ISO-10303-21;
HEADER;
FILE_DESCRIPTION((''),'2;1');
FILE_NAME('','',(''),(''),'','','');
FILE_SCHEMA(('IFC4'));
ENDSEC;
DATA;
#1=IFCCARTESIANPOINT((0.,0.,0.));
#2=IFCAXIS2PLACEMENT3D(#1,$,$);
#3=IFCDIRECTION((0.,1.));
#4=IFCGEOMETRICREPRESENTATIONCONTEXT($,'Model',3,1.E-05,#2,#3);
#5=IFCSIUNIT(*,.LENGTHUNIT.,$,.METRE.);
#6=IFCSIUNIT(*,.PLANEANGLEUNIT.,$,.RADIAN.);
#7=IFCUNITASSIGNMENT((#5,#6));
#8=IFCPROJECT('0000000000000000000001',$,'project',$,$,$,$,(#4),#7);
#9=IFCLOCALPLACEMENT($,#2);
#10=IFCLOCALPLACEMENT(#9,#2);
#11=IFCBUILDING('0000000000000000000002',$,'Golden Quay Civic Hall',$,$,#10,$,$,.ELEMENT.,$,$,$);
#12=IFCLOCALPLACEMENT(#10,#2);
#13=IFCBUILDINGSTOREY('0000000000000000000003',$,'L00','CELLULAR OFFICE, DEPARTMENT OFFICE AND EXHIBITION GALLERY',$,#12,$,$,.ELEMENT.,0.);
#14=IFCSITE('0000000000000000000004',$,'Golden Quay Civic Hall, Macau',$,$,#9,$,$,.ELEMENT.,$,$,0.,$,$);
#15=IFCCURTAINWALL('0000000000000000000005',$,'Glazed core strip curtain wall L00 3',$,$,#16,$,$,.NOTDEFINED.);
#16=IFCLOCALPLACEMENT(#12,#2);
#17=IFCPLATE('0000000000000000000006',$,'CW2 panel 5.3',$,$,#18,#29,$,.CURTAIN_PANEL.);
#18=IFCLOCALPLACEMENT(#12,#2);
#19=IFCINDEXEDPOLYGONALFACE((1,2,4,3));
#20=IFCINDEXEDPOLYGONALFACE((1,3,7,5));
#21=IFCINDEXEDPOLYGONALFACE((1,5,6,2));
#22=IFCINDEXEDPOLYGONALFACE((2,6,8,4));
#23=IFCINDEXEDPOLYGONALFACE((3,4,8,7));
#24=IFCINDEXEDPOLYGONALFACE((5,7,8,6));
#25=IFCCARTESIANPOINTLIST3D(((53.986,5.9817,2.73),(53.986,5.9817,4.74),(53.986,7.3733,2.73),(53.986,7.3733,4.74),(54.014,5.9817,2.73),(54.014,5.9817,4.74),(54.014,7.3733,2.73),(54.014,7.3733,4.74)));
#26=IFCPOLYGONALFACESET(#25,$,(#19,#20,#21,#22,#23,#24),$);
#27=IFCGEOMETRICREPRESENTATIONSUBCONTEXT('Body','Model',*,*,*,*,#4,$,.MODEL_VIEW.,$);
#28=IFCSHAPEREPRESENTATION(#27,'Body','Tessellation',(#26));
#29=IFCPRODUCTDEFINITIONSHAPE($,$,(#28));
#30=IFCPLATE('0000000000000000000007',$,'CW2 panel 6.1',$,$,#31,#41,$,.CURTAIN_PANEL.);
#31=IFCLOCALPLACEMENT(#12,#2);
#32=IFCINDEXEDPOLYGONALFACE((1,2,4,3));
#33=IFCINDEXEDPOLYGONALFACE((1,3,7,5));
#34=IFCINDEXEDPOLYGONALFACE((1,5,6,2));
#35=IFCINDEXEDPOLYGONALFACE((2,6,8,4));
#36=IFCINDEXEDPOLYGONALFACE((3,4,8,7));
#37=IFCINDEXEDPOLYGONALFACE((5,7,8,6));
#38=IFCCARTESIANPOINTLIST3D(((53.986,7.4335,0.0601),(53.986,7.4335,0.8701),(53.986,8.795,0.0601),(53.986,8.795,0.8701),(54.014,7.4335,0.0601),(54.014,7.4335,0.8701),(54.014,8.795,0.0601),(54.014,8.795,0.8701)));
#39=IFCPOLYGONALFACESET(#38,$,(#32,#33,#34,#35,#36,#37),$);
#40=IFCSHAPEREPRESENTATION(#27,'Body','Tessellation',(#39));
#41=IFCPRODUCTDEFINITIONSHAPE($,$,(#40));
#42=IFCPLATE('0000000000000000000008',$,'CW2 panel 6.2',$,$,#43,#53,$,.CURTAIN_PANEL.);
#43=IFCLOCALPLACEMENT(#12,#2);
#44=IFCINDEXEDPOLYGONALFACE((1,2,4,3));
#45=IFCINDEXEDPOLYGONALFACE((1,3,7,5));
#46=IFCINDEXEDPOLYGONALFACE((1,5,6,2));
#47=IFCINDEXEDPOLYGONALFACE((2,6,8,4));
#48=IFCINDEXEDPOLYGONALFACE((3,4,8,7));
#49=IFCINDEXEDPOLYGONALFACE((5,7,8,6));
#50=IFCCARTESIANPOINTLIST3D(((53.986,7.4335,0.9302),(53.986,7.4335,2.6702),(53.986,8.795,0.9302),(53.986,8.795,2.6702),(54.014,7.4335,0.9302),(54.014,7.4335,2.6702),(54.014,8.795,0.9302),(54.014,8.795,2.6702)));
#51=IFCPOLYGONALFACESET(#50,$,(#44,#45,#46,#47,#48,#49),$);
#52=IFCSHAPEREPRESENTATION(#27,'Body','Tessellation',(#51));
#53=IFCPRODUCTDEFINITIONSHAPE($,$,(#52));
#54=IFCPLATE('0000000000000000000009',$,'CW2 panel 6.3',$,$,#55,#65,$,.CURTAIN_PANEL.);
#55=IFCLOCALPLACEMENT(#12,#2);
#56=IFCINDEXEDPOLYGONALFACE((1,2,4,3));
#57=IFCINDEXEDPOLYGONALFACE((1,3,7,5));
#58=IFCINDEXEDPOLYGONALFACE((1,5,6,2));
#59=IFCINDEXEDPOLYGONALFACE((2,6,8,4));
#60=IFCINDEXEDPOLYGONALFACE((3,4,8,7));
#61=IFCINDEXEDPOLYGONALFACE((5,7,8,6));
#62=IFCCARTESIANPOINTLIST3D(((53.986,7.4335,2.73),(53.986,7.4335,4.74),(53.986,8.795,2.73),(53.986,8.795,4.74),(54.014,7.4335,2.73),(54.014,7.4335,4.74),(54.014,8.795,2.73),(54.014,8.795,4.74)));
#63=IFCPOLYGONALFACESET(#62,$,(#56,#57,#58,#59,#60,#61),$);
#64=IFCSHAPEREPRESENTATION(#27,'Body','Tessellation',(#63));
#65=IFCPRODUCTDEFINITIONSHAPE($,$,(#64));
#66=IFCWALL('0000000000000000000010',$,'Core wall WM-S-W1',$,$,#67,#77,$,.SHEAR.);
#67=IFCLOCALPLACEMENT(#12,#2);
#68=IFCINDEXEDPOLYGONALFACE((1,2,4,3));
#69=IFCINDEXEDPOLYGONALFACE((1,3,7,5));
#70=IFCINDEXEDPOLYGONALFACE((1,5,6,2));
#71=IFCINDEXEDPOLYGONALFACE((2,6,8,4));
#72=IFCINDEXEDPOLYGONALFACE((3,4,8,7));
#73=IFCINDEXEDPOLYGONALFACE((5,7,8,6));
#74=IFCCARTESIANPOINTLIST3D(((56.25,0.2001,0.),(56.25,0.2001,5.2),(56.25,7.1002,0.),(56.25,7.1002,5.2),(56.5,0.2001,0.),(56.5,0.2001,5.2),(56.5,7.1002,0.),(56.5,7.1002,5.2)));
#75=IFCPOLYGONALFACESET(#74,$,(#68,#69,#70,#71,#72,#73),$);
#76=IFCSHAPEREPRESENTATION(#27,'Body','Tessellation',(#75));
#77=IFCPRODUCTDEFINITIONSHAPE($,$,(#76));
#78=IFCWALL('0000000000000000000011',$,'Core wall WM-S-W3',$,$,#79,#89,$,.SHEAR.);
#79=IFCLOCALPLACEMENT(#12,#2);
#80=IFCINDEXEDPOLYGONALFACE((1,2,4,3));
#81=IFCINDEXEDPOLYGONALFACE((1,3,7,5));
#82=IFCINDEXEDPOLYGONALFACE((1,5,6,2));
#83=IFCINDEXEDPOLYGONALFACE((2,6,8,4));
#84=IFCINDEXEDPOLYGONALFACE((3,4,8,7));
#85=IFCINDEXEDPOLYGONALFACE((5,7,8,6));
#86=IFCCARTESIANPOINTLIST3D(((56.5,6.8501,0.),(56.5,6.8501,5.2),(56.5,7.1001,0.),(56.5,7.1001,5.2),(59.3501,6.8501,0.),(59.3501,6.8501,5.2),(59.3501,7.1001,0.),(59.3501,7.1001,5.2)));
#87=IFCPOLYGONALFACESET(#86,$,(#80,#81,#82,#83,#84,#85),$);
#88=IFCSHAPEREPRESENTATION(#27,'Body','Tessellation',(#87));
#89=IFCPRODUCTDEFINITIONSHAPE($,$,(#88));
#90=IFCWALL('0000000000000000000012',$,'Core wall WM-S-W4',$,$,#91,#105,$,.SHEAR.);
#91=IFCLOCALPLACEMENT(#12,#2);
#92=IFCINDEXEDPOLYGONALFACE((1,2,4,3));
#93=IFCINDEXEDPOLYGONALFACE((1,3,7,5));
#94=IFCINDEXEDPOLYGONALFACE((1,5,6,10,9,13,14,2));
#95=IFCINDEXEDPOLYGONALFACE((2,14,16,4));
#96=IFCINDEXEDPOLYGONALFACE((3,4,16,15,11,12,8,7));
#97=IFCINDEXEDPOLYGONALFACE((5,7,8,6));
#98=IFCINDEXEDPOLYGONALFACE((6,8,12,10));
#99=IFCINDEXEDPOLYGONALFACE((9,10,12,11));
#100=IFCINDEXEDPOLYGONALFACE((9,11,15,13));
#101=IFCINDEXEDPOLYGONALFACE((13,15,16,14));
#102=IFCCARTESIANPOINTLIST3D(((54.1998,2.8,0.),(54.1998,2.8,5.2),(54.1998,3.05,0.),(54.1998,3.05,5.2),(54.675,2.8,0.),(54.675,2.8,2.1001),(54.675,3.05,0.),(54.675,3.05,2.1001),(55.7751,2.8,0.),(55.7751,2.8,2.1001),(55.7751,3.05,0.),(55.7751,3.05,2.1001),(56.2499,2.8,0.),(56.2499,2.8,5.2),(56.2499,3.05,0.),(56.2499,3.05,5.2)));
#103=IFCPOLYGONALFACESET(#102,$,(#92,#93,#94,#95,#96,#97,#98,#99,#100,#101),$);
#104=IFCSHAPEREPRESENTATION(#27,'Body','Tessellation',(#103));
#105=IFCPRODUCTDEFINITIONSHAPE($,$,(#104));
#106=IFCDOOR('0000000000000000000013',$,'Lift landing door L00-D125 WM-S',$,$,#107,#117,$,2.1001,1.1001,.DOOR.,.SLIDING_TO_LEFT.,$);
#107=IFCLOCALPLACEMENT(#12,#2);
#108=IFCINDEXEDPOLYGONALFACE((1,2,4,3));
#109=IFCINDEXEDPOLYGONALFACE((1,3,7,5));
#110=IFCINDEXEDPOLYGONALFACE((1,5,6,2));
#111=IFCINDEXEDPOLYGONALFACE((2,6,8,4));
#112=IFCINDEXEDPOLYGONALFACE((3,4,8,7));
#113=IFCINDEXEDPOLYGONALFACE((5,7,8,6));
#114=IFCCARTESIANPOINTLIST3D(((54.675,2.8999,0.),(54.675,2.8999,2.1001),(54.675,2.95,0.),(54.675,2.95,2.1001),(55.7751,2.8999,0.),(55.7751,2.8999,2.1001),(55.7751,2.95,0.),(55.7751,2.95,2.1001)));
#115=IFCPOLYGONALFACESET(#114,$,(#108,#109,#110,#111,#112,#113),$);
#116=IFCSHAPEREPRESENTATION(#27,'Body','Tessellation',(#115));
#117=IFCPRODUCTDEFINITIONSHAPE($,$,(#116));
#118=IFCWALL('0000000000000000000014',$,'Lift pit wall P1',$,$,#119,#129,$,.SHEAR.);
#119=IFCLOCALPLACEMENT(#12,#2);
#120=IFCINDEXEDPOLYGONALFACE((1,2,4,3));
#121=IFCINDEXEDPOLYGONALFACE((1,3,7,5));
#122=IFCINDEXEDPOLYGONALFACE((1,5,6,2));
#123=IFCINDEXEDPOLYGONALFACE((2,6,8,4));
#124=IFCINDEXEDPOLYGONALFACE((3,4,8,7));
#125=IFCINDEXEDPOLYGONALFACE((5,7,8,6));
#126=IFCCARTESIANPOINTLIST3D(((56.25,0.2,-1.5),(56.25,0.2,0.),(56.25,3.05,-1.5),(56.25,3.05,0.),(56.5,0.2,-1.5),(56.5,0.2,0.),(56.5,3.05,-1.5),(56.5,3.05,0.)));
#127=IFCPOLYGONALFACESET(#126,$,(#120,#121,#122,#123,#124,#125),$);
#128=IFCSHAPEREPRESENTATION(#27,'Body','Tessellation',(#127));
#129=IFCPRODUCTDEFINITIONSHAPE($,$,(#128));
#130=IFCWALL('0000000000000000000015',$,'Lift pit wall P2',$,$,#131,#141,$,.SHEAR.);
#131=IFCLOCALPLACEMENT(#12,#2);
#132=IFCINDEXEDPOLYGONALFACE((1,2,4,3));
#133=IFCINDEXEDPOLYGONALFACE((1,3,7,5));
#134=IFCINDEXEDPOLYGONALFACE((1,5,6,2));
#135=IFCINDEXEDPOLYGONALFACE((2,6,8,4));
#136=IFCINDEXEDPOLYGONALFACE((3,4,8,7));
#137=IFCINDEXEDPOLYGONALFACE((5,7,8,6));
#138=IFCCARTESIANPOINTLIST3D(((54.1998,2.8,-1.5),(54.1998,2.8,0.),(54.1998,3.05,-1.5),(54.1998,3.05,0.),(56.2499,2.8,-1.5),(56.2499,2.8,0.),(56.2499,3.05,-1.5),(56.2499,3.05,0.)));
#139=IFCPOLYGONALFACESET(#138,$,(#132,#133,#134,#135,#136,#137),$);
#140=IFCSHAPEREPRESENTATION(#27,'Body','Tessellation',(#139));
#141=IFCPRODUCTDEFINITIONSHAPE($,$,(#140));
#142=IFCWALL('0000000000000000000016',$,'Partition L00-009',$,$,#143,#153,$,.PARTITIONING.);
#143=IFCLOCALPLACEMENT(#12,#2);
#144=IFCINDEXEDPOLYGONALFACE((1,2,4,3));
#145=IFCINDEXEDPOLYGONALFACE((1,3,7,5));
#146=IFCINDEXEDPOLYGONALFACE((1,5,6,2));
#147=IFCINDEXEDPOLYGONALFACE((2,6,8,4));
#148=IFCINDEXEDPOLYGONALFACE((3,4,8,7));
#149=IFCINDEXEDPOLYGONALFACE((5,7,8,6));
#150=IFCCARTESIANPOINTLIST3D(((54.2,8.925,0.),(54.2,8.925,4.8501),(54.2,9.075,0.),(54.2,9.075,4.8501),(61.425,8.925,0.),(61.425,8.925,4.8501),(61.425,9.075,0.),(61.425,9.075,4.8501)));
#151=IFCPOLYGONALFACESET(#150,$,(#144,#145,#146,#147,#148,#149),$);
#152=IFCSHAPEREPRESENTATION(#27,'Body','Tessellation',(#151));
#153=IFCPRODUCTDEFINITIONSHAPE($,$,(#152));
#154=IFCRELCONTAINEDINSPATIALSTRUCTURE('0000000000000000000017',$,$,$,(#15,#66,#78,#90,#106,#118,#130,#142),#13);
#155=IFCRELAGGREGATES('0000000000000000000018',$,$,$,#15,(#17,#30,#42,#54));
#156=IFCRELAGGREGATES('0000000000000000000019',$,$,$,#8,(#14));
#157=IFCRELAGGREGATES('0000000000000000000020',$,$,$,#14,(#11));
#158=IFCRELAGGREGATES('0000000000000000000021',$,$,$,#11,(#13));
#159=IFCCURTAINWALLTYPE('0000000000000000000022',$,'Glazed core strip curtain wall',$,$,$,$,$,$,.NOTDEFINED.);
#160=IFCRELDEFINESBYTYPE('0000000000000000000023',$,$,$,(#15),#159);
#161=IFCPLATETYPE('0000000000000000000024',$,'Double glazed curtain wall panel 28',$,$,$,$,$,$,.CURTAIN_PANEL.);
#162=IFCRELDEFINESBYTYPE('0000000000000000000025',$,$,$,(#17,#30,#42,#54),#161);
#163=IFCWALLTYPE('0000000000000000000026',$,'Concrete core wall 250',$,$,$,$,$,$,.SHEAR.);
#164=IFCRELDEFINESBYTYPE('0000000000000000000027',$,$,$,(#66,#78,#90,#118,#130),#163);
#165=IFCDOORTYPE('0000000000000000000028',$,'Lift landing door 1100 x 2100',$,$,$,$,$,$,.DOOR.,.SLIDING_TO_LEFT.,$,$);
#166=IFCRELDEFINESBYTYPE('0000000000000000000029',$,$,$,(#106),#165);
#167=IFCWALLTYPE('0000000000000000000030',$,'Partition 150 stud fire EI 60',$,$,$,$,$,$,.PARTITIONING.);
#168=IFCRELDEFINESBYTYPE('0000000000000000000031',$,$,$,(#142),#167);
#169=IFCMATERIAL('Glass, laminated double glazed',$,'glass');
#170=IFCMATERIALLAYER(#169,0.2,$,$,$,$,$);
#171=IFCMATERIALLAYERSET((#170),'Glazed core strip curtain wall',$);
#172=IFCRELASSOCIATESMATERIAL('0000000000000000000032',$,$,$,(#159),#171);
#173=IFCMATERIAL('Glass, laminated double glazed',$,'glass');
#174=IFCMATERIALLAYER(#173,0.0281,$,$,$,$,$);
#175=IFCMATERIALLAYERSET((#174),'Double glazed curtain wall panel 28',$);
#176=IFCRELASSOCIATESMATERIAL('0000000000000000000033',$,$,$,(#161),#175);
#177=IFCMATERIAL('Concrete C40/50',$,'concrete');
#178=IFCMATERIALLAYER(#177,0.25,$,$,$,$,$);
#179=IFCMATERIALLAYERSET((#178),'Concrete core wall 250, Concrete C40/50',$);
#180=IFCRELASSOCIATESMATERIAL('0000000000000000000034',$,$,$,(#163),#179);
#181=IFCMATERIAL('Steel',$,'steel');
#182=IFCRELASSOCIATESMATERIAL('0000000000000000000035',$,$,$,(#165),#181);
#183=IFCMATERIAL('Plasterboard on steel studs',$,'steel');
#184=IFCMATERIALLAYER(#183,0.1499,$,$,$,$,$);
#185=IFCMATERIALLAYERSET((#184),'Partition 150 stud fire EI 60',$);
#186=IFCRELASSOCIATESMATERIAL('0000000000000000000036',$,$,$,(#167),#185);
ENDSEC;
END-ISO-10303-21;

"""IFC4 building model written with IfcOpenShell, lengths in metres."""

from ifc_helpers import new_model, si_unit, direction, frame, frame_2d, origin, origin_2d, place, context, subcontext, project, spatial, rectangle, extrude, material, layer, layer_set, type_object, element, fill, aggregate, save


model = new_model("IFC4")

# Units and contexts
model_context = context("Model", 3, precision=1e-05, world=origin(), true_north=direction((0.0, 1.0)))
body_context = subcontext(model_context, "Body", "Model", "MODEL_VIEW")
ifc_project = project(units=[si_unit("LENGTHUNIT", "METRE"), si_unit("PLANEANGLEUNIT", "RADIAN")], contexts=[model_context])

# Site, building, storey
site_placement = place(None, origin())
site = spatial("IfcSite", under=ifc_project, at=site_placement, Name="Golden Quay Civic Hall, Macau", CompositionType="ELEMENT", RefElevation=0.0)
building_placement = place(site_placement, origin())
building = spatial("IfcBuilding", under=site, at=building_placement, Name="Golden Quay Civic Hall", CompositionType="ELEMENT")
storey_placement = place(building_placement, origin())
storey = spatial("IfcBuildingStorey", under=building, at=storey_placement, Name="L00", Description="CELLULAR OFFICE, DEPARTMENT OFFICE AND EXHIBITION GALLERY", CompositionType="ELEMENT", Elevation=0.0)

# Curtain wall, plates
ifc_material_1 = material(Name="Glass, laminated double glazed", Category="glass")
ifc_layer_1 = layer(ifc_material_1, 0.2)
ifc_layer_set_1 = layer_set([ifc_layer_1], Name="Glazed core strip curtain wall")
curtain_wall_type = type_object("IfcCurtainWallType", Name="Glazed core strip curtain wall", PredefinedType="NOTDEFINED", material=ifc_layer_set_1)
curtain_wall_placement = place(storey_placement, origin())
curtain_wall = element("IfcCurtainWall", 1, at=curtain_wall_placement, inside=storey, type_object=curtain_wall_type, Name="Glazed core strip curtain wall L00 3", PredefinedType="NOTDEFINED")
ifc_material_2 = material(Name="Glass, laminated double glazed", Category="glass")
ifc_layer_2 = layer(ifc_material_2, 0.0281)
ifc_layer_set_2 = layer_set([ifc_layer_2], Name="Double glazed curtain wall panel 28")
plate_type = type_object("IfcPlateType", Name="Double glazed curtain wall panel 28", PredefinedType="CURTAIN_PANEL", material=ifc_layer_set_2)
plate_1_placement = place(storey_placement, frame((54.0, 6.6775, 2.73), z_axis=(0.0, 0.0, 1.0), x_axis=(0.0, 1.0, 0.0)))
plate_1 = element("IfcPlate", 2, at=plate_1_placement, type_object=plate_type, Name="CW2 panel 5.3", PredefinedType="CURTAIN_PANEL", context=body_context, shape_type="SweptSolid", body=[
    extrude(rectangle(XDim=1.3916, YDim=0.0281, at=origin_2d()), origin(), (0.0, 0.0, 1.0), 2.01),
])
plate_2_placement = place(storey_placement, frame((54.0, 8.1143, 0.0601), z_axis=(0.0, 0.0, 1.0), x_axis=(0.0, 1.0, 0.0)))
plate_2 = element("IfcPlate", 3, at=plate_2_placement, type_object=plate_type, Name="CW2 panel 6.1", PredefinedType="CURTAIN_PANEL", context=body_context, shape_type="SweptSolid", body=[
    extrude(rectangle(XDim=1.3616, YDim=0.0281, at=origin_2d()), origin(), (0.0, 0.0, 1.0), 0.8101),
])
plate_3_placement = place(storey_placement, frame((54.0, 8.1143, 0.9302), z_axis=(0.0, 0.0, 1.0), x_axis=(0.0, 1.0, 0.0)))
plate_3 = element("IfcPlate", 4, at=plate_3_placement, type_object=plate_type, Name="CW2 panel 6.2", PredefinedType="CURTAIN_PANEL", context=body_context, shape_type="SweptSolid", body=[
    extrude(rectangle(XDim=1.3616, YDim=0.0281, at=origin_2d()), origin(), (0.0, 0.0, 1.0), 1.74),
])
plate_4_placement = place(storey_placement, frame((54.0, 8.1143, 2.73), z_axis=(0.0, 0.0, 1.0), x_axis=(0.0, 1.0, 0.0)))
plate_4 = element("IfcPlate", 5, at=plate_4_placement, type_object=plate_type, Name="CW2 panel 6.3", PredefinedType="CURTAIN_PANEL", context=body_context, shape_type="SweptSolid", body=[
    extrude(rectangle(XDim=1.3616, YDim=0.0281, at=origin_2d()), origin(), (0.0, 0.0, 1.0), 2.01),
])
aggregate(curtain_wall, [plate_1, plate_2, plate_3, plate_4])

# Walls
ifc_material_3 = material(Name="Concrete C40/50", Category="concrete")
ifc_layer_3 = layer(ifc_material_3, 0.25)
ifc_layer_set_3 = layer_set([ifc_layer_3], Name="Concrete core wall 250, Concrete C40/50")
wall_type_1 = type_object("IfcWallType", Name="Concrete core wall 250", PredefinedType="SHEAR", material=ifc_layer_set_3)
wall_1_placement = place(storey_placement, frame((56.375, 0.2, 0.0), z_axis=(0.0, 0.0, 1.0), x_axis=(0.0, 1.0, 0.0)))
element("IfcWall", 6, at=wall_1_placement, inside=storey, type_object=wall_type_1, Name="Core wall WM-S-W1", PredefinedType="SHEAR", context=body_context, shape_type="SweptSolid", body=[
    extrude(rectangle(XDim=6.9001, YDim=0.25, at=frame_2d((3.4502, 0.0))), origin(), (0.0, 0.0, 1.0), 5.2),
])
wall_2_placement = place(storey_placement, frame((56.5, 6.9751, 0.0), z_axis=(0.0, 0.0, 1.0), x_axis=(1.0, 0.0, 0.0)))
element("IfcWall", 7, at=wall_2_placement, inside=storey, type_object=wall_type_1, Name="Core wall WM-S-W3", PredefinedType="SHEAR", context=body_context, shape_type="SweptSolid", body=[
    extrude(rectangle(XDim=2.8501, YDim=0.25, at=frame_2d((1.425, 0.0))), origin(), (0.0, 0.0, 1.0), 5.2),
])

# Wall, opening, door
wall_3_placement = place(storey_placement, frame((54.2, 2.925, 0.0), z_axis=(0.0, 0.0, 1.0), x_axis=(1.0, 0.0, 0.0)))
wall_3 = element("IfcWall", 8, at=wall_3_placement, inside=storey, type_object=wall_type_1, Name="Core wall WM-S-W4", PredefinedType="SHEAR", context=body_context, shape_type="SweptSolid", body=[
    extrude(rectangle(XDim=2.05, YDim=0.25, at=frame_2d((1.0249, 0.0))), origin(), (0.0, 0.0, 1.0), 5.2),
])
opening_placement = place(wall_3_placement, frame((0.4751, 0.0, 0.0)))
opening = element("IfcOpeningElement", 9, at=opening_placement, cuts=wall_3, PredefinedType="OPENING", context=body_context, shape_type="SweptSolid", body=[
    extrude(rectangle(XDim=1.1001, YDim=2.1001, at=frame_2d((0.55, 1.05))), frame((0.0, 0.135, 0.0), z_axis=(0.0, -1.0, 0.0), x_axis=(1.0, 0.0, 0.0)), (0.0, 0.0, 1.0), 0.27),
])
ifc_material_4 = material(Name="Steel", Category="steel")
door_type = type_object("IfcDoorType", Name="Lift landing door 1100 x 2100", OperationType="SLIDING_TO_LEFT", PredefinedType="DOOR", material=ifc_material_4)
door_placement = place(opening_placement, origin())
door = element("IfcDoor", 10, at=door_placement, inside=storey, type_object=door_type, Name="Lift landing door L00-D125 WM-S", OperationType="SLIDING_TO_LEFT", OverallHeight=2.1001, OverallWidth=1.1001, PredefinedType="DOOR", context=body_context, shape_type="SweptSolid", body=[
    extrude(rectangle(XDim=1.1001, YDim=2.1001, at=frame_2d((0.55, 1.05))), frame((0.0, 0.0249, 0.0), z_axis=(0.0, -1.0, 0.0), x_axis=(1.0, 0.0, 0.0)), (0.0, 0.0, 1.0), 0.05),
])
fill(opening, door)

# Walls
wall_4_placement = place(storey_placement, frame((56.375, 0.2, -1.5), z_axis=(0.0, 0.0, 1.0), x_axis=(0.0, 1.0, 0.0)))
element("IfcWall", 11, at=wall_4_placement, inside=storey, type_object=wall_type_1, Name="Lift pit wall P1", PredefinedType="SHEAR", context=body_context, shape_type="SweptSolid", body=[
    extrude(rectangle(XDim=2.8501, YDim=0.25, at=frame_2d((1.425, 0.0))), origin(), (0.0, 0.0, 1.0), 1.5),
])
wall_5_placement = place(storey_placement, frame((54.2, 2.925, -1.5), z_axis=(0.0, 0.0, 1.0), x_axis=(1.0, 0.0, 0.0)))
element("IfcWall", 12, at=wall_5_placement, inside=storey, type_object=wall_type_1, Name="Lift pit wall P2", PredefinedType="SHEAR", context=body_context, shape_type="SweptSolid", body=[
    extrude(rectangle(XDim=2.05, YDim=0.25, at=frame_2d((1.0249, 0.0))), origin(), (0.0, 0.0, 1.0), 1.5),
])
ifc_material_5 = material(Name="Plasterboard on steel studs", Category="steel")
ifc_layer_4 = layer(ifc_material_5, 0.1499)
ifc_layer_set_4 = layer_set([ifc_layer_4], Name="Partition 150 stud fire EI 60")
wall_type_2 = type_object("IfcWallType", Name="Partition 150 stud fire EI 60", PredefinedType="PARTITIONING", material=ifc_layer_set_4)
wall_6_placement = place(storey_placement, frame((54.2, 9.0, 0.0), z_axis=(0.0, 0.0, 1.0), x_axis=(1.0, 0.0, 0.0)))
element("IfcWall", 13, at=wall_6_placement, inside=storey, type_object=wall_type_2, Name="Partition L00-009", PredefinedType="PARTITIONING", context=body_context, shape_type="SweptSolid", body=[
    extrude(rectangle(XDim=7.2251, YDim=0.1499, at=frame_2d((3.6125, 0.0))), origin(), (0.0, 0.0, 1.0), 4.8501),
])

save(model, "model.ifc")
